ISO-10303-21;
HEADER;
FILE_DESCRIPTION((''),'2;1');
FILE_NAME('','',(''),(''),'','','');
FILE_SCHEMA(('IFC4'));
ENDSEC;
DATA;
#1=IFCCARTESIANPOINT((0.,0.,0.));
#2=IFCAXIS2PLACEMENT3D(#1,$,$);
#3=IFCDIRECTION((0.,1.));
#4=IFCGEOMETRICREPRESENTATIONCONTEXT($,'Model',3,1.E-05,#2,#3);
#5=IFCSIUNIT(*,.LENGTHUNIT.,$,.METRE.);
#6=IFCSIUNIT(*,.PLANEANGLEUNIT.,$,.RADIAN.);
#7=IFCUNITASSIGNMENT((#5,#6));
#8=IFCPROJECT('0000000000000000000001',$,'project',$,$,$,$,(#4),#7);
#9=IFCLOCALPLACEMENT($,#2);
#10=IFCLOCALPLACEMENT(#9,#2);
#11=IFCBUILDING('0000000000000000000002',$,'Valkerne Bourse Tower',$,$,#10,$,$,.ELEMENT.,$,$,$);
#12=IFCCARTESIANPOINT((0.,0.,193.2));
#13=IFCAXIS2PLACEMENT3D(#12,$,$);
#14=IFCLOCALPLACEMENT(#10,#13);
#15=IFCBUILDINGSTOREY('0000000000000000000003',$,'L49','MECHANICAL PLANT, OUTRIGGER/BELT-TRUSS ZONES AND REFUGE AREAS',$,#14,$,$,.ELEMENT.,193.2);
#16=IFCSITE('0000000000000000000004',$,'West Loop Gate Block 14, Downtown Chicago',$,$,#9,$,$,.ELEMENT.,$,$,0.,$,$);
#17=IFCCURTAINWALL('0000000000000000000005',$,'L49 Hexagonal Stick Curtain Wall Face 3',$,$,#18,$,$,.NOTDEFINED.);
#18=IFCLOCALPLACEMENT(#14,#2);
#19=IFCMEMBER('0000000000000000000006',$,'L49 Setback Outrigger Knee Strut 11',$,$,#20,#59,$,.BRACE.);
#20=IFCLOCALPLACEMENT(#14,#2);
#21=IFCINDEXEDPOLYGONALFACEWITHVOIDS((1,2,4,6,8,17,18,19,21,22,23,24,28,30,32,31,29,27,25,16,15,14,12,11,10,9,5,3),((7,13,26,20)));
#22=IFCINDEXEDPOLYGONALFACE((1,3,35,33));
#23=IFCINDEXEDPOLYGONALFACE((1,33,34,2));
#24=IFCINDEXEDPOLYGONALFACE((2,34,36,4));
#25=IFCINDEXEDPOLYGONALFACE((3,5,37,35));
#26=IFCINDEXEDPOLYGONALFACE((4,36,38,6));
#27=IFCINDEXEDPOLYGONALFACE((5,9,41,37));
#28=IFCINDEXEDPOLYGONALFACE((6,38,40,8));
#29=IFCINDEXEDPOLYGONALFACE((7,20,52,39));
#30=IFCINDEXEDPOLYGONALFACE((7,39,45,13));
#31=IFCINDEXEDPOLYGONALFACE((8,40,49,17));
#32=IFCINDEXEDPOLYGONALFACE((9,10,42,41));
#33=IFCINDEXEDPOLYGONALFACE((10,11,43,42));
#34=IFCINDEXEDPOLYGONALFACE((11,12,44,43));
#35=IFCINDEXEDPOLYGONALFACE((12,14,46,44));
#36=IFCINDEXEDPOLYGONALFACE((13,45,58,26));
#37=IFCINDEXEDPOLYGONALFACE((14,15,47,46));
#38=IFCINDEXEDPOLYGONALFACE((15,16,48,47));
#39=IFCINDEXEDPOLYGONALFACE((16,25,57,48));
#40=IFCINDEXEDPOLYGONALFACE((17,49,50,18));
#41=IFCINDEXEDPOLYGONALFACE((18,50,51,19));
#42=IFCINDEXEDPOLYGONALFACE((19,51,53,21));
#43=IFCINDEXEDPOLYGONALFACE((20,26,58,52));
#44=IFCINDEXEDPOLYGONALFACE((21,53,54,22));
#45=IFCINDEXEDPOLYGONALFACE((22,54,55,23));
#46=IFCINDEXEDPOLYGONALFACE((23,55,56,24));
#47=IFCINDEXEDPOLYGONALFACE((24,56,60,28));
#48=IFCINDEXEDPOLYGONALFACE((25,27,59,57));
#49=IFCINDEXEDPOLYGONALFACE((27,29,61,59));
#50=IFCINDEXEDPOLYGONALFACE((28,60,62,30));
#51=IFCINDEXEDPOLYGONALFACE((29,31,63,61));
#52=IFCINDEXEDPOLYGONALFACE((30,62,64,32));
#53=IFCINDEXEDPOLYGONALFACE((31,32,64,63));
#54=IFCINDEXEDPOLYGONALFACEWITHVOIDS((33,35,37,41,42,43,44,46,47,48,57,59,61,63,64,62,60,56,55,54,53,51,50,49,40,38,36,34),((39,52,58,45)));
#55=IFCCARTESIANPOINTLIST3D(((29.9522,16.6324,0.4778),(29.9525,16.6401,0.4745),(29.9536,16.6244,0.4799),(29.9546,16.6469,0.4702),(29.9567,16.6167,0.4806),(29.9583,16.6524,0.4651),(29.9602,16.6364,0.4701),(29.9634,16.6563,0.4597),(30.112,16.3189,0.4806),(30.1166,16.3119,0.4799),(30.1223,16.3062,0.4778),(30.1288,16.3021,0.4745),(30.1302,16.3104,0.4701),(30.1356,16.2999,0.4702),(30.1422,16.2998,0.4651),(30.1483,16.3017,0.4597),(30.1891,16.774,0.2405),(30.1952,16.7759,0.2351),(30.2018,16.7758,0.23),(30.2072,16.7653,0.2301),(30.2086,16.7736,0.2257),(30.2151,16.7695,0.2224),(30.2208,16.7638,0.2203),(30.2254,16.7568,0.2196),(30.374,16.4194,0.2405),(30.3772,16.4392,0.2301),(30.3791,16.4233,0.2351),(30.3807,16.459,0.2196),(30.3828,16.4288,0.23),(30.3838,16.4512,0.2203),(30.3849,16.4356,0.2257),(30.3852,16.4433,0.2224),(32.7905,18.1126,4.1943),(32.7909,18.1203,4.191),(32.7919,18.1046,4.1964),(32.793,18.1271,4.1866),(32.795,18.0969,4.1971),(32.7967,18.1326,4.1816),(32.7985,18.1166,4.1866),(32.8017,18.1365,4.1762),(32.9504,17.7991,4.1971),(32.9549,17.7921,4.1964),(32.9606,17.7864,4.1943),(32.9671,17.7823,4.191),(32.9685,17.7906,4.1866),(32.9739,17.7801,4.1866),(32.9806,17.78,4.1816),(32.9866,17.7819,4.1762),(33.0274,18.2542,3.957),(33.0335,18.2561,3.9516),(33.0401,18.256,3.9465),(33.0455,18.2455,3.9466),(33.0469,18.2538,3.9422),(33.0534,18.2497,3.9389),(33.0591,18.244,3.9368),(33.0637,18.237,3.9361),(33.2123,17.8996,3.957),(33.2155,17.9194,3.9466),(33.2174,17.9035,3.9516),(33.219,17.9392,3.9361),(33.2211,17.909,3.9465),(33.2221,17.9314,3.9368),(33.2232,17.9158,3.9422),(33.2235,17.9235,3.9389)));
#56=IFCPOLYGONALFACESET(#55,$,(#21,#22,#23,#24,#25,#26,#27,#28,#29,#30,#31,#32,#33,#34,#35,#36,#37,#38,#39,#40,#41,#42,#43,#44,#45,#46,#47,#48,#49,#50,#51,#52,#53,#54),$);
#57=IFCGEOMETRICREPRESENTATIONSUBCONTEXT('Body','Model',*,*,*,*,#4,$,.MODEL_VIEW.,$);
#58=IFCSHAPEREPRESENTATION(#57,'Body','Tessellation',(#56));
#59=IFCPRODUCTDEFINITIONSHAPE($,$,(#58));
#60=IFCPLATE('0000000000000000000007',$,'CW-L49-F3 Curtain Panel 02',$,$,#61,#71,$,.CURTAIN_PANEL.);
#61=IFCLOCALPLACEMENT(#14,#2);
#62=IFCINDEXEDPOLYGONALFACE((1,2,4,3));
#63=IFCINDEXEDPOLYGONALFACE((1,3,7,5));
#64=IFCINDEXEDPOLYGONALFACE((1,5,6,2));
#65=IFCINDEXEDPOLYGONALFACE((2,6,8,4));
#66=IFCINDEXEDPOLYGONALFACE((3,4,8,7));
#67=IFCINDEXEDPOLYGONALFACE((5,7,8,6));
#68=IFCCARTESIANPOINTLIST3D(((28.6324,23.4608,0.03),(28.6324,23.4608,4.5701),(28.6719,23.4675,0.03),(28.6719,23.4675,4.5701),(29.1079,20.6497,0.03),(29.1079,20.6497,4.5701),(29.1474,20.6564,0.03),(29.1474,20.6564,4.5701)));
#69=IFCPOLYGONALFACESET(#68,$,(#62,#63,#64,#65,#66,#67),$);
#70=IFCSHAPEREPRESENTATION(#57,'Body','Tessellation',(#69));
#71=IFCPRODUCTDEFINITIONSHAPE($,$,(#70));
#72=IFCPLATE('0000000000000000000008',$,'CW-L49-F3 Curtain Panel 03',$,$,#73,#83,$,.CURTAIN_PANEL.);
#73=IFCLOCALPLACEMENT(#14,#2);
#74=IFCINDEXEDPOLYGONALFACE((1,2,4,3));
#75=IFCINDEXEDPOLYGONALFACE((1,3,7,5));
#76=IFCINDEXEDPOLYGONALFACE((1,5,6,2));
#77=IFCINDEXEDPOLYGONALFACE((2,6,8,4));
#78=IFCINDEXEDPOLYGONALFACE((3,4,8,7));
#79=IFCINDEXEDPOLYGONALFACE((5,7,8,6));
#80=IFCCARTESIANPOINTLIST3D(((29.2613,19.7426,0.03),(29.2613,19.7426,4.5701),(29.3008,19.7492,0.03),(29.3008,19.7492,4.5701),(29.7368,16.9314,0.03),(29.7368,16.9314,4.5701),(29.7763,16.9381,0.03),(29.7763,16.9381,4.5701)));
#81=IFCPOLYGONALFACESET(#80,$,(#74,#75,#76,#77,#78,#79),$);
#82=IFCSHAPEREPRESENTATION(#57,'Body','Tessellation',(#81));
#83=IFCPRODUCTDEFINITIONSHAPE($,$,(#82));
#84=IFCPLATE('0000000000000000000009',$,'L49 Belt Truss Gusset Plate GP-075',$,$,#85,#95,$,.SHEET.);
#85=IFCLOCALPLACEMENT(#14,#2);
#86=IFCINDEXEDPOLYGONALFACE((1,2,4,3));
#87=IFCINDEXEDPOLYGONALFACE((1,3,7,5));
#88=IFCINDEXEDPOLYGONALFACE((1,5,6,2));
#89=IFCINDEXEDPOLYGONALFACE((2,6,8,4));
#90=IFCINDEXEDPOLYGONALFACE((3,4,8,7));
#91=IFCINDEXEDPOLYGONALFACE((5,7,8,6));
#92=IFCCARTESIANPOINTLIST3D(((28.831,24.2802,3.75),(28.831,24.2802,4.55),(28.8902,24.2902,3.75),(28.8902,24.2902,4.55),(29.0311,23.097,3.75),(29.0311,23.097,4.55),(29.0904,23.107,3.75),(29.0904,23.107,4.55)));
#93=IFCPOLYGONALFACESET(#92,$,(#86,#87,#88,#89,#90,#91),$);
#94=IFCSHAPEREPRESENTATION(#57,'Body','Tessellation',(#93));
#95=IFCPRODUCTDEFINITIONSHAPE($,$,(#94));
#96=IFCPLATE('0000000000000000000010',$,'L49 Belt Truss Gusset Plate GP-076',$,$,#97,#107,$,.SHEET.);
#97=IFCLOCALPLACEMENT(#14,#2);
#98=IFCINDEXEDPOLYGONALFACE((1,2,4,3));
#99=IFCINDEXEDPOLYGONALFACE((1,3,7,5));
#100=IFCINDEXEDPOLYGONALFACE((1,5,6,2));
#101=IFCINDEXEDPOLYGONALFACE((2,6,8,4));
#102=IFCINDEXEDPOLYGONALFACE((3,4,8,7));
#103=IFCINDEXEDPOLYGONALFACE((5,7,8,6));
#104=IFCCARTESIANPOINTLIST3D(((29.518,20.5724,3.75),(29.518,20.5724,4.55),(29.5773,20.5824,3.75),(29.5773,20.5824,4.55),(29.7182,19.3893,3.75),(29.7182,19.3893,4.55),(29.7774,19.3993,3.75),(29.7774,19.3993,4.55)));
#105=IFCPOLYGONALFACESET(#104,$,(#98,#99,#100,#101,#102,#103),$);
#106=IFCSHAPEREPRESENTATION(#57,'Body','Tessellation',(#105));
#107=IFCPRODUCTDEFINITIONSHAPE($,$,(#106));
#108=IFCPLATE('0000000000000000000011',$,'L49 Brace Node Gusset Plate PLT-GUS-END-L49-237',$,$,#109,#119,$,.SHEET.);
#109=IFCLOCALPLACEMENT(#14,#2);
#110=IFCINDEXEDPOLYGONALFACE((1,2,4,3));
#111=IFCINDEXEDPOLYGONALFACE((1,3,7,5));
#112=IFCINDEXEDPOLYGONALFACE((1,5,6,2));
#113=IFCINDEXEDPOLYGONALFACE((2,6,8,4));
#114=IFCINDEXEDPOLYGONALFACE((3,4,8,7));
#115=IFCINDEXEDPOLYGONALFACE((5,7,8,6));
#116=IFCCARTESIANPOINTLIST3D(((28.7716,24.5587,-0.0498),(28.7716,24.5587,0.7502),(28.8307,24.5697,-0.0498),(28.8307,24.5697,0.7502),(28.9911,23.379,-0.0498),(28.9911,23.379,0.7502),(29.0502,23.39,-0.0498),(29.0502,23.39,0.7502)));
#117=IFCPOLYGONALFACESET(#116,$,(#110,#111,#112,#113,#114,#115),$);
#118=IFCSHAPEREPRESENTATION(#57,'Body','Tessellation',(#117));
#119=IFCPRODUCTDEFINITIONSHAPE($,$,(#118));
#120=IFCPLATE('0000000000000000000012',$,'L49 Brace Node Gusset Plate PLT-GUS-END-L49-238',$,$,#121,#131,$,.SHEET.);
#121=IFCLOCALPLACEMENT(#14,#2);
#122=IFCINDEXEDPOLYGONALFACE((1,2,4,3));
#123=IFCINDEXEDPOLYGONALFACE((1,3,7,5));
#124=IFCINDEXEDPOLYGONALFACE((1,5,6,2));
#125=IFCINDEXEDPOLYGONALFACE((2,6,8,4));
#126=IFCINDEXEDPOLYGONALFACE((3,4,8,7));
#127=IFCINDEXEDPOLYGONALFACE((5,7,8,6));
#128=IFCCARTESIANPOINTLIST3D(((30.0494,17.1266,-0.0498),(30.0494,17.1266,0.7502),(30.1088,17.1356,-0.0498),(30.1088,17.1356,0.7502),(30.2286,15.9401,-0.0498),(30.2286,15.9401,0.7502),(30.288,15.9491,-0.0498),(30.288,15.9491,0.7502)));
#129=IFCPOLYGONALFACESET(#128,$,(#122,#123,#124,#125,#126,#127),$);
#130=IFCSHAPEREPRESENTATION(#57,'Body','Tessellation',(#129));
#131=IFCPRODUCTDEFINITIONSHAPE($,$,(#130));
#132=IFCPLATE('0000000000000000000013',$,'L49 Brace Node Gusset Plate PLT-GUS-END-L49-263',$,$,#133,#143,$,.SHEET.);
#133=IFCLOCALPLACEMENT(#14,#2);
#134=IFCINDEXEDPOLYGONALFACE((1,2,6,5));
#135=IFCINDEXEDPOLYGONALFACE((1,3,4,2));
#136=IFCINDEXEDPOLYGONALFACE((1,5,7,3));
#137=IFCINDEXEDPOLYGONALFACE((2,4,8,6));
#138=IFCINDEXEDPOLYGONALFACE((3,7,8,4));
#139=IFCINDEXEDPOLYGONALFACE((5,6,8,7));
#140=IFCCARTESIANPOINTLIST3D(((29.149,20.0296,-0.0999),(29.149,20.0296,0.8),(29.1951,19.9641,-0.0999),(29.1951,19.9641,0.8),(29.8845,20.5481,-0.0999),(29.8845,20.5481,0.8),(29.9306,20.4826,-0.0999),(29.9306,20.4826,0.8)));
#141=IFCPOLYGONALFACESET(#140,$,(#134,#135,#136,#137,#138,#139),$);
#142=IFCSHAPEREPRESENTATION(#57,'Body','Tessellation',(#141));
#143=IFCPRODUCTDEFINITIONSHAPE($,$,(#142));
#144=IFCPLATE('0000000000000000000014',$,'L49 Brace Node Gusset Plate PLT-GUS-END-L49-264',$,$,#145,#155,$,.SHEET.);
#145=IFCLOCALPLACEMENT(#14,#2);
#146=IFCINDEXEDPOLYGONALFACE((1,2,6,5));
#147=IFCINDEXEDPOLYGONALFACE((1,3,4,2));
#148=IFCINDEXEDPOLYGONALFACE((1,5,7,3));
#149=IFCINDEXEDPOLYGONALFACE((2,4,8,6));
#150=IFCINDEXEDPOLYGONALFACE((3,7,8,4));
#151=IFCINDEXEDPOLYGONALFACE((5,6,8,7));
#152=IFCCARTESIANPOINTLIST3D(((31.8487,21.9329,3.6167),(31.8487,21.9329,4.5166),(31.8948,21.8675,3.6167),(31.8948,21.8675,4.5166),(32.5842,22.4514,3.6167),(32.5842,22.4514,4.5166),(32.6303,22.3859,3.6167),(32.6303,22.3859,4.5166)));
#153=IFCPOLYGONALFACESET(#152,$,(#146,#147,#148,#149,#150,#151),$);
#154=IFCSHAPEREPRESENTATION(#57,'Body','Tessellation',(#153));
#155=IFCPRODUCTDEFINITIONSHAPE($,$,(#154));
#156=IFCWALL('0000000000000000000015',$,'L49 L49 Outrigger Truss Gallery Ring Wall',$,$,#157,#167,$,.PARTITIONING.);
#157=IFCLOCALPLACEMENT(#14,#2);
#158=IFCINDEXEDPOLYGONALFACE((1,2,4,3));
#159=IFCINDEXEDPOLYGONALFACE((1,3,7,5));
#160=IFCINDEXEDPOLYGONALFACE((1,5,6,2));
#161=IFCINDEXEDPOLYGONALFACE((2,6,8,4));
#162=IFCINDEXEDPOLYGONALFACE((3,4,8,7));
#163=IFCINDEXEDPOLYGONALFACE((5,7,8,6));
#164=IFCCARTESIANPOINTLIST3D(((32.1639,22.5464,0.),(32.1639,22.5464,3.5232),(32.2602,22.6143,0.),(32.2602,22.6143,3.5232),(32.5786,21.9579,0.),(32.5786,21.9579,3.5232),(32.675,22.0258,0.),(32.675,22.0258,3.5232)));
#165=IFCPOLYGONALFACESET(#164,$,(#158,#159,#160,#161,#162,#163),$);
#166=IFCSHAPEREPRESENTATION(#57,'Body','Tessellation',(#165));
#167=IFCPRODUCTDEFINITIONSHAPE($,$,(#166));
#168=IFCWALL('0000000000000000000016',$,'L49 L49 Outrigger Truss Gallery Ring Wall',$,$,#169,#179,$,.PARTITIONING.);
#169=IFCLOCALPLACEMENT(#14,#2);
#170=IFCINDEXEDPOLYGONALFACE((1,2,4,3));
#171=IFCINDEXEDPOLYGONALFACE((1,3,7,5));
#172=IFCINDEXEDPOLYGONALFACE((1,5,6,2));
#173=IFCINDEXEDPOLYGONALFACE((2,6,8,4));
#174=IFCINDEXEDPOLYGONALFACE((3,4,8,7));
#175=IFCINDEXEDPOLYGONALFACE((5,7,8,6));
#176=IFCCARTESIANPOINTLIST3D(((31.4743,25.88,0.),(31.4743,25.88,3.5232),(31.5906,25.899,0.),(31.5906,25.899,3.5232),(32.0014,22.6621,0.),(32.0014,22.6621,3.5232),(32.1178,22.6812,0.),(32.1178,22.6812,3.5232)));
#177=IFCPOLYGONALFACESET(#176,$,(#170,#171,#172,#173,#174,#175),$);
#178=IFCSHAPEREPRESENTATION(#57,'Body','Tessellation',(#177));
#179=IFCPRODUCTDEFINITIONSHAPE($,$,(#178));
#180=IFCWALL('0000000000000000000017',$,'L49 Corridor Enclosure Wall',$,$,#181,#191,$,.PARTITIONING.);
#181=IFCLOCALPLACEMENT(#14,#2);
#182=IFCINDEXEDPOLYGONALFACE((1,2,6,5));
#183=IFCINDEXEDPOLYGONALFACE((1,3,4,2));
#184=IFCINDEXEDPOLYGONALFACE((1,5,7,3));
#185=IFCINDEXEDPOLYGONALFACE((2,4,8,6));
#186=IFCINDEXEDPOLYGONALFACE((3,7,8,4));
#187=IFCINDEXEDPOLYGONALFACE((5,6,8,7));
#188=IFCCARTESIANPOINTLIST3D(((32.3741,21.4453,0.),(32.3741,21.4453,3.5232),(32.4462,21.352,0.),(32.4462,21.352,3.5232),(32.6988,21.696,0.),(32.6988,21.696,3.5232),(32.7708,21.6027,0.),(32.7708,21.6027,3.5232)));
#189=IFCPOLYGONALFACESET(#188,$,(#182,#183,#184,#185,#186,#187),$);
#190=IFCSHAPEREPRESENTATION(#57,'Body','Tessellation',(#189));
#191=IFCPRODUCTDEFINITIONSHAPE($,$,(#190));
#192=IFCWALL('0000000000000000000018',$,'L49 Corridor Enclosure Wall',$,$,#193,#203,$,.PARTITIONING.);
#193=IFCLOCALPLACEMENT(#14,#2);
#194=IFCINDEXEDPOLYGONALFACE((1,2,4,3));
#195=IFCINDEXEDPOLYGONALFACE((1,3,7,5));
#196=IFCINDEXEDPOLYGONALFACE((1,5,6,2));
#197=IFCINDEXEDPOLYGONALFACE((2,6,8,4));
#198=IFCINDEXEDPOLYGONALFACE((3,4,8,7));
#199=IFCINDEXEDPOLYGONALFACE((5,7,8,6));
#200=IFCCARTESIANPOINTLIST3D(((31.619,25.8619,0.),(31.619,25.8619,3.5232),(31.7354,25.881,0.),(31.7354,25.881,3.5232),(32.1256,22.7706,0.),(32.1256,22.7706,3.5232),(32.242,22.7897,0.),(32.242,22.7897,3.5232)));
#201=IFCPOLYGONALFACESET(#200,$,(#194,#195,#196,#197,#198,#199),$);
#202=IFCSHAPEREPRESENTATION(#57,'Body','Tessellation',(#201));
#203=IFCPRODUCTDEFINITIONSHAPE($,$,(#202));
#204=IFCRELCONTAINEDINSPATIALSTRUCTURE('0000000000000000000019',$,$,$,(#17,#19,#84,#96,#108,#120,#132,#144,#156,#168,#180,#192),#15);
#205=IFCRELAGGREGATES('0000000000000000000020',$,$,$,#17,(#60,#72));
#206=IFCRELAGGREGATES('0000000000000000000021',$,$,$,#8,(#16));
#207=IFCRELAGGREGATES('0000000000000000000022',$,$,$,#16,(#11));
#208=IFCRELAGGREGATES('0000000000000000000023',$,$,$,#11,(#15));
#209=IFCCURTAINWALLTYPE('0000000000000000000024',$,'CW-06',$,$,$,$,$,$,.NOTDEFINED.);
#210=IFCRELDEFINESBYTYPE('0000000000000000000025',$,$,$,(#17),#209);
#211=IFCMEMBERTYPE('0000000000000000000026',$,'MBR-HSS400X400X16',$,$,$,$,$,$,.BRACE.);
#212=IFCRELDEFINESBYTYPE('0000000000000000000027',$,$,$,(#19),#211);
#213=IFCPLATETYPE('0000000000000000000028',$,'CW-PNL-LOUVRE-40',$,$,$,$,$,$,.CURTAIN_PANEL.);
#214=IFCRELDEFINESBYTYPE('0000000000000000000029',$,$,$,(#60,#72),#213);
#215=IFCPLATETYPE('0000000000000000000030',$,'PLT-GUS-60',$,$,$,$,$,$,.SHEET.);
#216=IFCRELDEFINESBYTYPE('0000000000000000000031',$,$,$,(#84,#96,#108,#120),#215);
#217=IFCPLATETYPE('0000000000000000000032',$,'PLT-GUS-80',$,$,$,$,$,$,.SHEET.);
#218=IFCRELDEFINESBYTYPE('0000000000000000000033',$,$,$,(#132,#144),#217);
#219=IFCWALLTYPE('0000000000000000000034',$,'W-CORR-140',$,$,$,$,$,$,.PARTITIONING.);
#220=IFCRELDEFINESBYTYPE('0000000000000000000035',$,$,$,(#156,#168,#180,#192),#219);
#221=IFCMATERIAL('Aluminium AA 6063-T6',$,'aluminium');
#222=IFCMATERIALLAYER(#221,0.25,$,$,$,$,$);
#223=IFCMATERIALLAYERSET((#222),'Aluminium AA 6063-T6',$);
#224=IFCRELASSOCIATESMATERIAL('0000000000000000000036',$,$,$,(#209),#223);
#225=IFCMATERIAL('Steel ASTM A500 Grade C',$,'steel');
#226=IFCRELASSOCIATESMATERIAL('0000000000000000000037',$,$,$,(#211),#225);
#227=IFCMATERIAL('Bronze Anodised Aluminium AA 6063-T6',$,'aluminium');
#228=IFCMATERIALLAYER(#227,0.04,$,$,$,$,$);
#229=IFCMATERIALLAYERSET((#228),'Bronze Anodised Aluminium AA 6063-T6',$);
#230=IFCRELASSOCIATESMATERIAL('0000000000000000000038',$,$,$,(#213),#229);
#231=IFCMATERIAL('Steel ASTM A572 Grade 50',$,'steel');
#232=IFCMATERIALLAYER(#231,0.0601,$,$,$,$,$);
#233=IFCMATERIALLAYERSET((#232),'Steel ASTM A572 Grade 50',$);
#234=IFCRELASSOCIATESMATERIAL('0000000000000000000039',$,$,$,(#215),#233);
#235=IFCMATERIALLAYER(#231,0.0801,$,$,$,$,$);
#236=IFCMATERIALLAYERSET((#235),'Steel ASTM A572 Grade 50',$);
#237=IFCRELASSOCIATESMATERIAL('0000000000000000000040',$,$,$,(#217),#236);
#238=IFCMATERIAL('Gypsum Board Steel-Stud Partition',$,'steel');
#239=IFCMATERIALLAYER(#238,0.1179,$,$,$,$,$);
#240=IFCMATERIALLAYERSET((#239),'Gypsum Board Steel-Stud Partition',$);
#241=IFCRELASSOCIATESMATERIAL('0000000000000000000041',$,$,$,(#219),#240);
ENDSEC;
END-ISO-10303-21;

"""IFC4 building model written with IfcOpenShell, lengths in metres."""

from ifc_helpers import new_model, si_unit, direction, frame, frame_2d, origin, origin_2d, place, context, subcontext, project, spatial, rectangle, hollow_rectangle, extrude, material, layer, layer_set, material_profile, profile_set, type_object, element, aggregate, save


model = new_model("IFC4")

# Units and contexts
model_context = context("Model", 3, precision=1e-05, world=origin(), true_north=direction((0.0, 1.0)))
body_context = subcontext(model_context, "Body", "Model", "MODEL_VIEW")
ifc_project = project(units=[si_unit("LENGTHUNIT", "METRE"), si_unit("PLANEANGLEUNIT", "RADIAN")], contexts=[model_context])

# Site, building, storey
site_placement = place(None, origin())
site = spatial("IfcSite", under=ifc_project, at=site_placement, Name="West Loop Gate Block 14, Downtown Chicago", CompositionType="ELEMENT", RefElevation=0.0)
building_placement = place(site_placement, origin())
building = spatial("IfcBuilding", under=site, at=building_placement, Name="Valkerne Bourse Tower", CompositionType="ELEMENT")
storey_placement = place(building_placement, frame((0.0, 0.0, 193.2)))
storey = spatial("IfcBuildingStorey", under=building, at=storey_placement, Name="L49", Description="MECHANICAL PLANT, OUTRIGGER/BELT-TRUSS ZONES AND REFUGE AREAS", CompositionType="ELEMENT", Elevation=193.2)

# Curtain wall
ifc_material_1 = material(Name="Aluminium AA 6063-T6", Category="aluminium")
ifc_layer_1 = layer(ifc_material_1, 0.25)
ifc_layer_set_1 = layer_set([ifc_layer_1], Name="Aluminium AA 6063-T6")
curtain_wall_type = type_object("IfcCurtainWallType", Name="CW-06", PredefinedType="NOTDEFINED", material=ifc_layer_set_1)
curtain_wall_placement = place(storey_placement, origin())
curtain_wall = element("IfcCurtainWall", 1, at=curtain_wall_placement, inside=storey, type_object=curtain_wall_type, Name="L49 Hexagonal Stick Curtain Wall Face 3", PredefinedType="NOTDEFINED")

# Member
ifc_material_2 = material(Name="Steel ASTM A500 Grade C", Category="steel")
ifc_material_profile_1 = material_profile(ifc_material_2, hollow_rectangle(XDim=0.3999, YDim=0.3999, WallThickness=0.0161, OuterFilletRadius=0.032, at=origin_2d()), Name="HSS400X400X16")
ifc_profile_set_1 = profile_set([ifc_material_profile_1], Name="Steel ASTM A500 Grade C")
member_type_1 = type_object("IfcMemberType", Name="MBR-HSS400X400X16", PredefinedType="BRACE", material=ifc_profile_set_1)
member_1_placement = place(storey_placement, frame((30.1687, 16.5378, 0.3501), z_axis=(0.578656, 0.301771, 0.757688), x_axis=(-0.462402, 0.886671, 0.0)))
element("IfcMember", 2, at=member_1_placement, inside=storey, type_object=member_type_1, Name="L49 Setback Outrigger Knee Strut 11", PredefinedType="BRACE", context=body_context, shape_type="SweptSolid", body=[
    extrude(hollow_rectangle(XDim=0.3999, YDim=0.3999, WallThickness=0.0161, OuterFilletRadius=0.032, at=origin_2d()), origin(), (0.0, 0.0, 1.0), 4.905),
])

# Plates
ifc_material_3 = material(Name="Bronze Anodised Aluminium AA 6063-T6", Category="aluminium")
ifc_layer_2 = layer(ifc_material_3, 0.04)
ifc_layer_set_2 = layer_set([ifc_layer_2], Name="Bronze Anodised Aluminium AA 6063-T6")
plate_type_1 = type_object("IfcPlateType", Name="CW-PNL-LOUVRE-40", PredefinedType="CURTAIN_PANEL", material=ifc_layer_set_2)
plate_1_placement = place(storey_placement, frame((28.8899, 22.0586, 0.03), z_axis=(0.0, 0.0, 1.0), x_axis=(0.166772, -0.985995, 0.0)))
plate_1 = element("IfcPlate", 3, at=plate_1_placement, type_object=plate_type_1, Name="CW-L49-F3 Curtain Panel 02", PredefinedType="CURTAIN_PANEL", context=body_context, shape_type="SweptSolid", body=[
    extrude(rectangle(XDim=2.8511, YDim=0.04, at=origin_2d()), origin(), (0.0, 0.0, 1.0), 4.54),
])
plate_2_placement = place(storey_placement, frame((29.5188, 18.3403, 0.03), z_axis=(0.0, 0.0, 1.0), x_axis=(0.166772, -0.985995, 0.0)))
plate_2 = element("IfcPlate", 4, at=plate_2_placement, type_object=plate_type_1, Name="CW-L49-F3 Curtain Panel 03", PredefinedType="CURTAIN_PANEL", context=body_context, shape_type="SweptSolid", body=[
    extrude(rectangle(XDim=2.8511, YDim=0.04, at=origin_2d()), origin(), (0.0, 0.0, 1.0), 4.54),
])
aggregate(curtain_wall, [plate_1, plate_2])

# Plates
ifc_material_4 = material(Name="Steel ASTM A572 Grade 50", Category="steel")
ifc_layer_3 = layer(ifc_material_4, 0.0601)
ifc_layer_set_3 = layer_set([ifc_layer_3], Name="Steel ASTM A572 Grade 50")
plate_type_2 = type_object("IfcPlateType", Name="PLT-GUS-60", PredefinedType="SHEET", material=ifc_layer_set_3)
for number, where, z_axis, x_axis, name in (
    (5, (28.9607, 23.6936, 3.75), (0.0, 0.0, 1.0), (0.166769, -0.985996, 0.0), "L49 Belt Truss Gusset Plate GP-075"),
    (6, (29.6477, 19.9858, 3.75), (0.0, 0.0, 1.0), (0.166769, -0.985996, 0.0), "L49 Belt Truss Gusset Plate GP-076"),
    (7, (28.9109, 23.9744, -0.0498), (0.0, 0.0, 1.0), (-0.182922, 0.983127, 0.0), "L49 Brace Node Gusset Plate PLT-GUS-END-L49-237"),
    (8, (30.1687, 16.5378, -0.0498), (0.0, 0.0, 1.0), (-0.149363, 0.988782, 0.0), "L49 Brace Node Gusset Plate PLT-GUS-END-L49-238"),
):
    element("IfcPlate", number, at=place(storey_placement, frame(where, z_axis=z_axis, x_axis=x_axis)), inside=storey, type_object=plate_type_2, Name=name, PredefinedType="SHEET", context=body_context, shape_type="SweptSolid", body=[
        extrude(rectangle(XDim=1.2, YDim=0.0601, at=origin_2d()), origin(), (0.0, 0.0, 1.0), 0.8),
    ])
ifc_layer_4 = layer(ifc_material_4, 0.0801)
ifc_layer_set_4 = layer_set([ifc_layer_4], Name="Steel ASTM A572 Grade 50")
plate_type_3 = type_object("IfcPlateType", Name="PLT-GUS-80", PredefinedType="SHEET", material=ifc_layer_set_4)
for number, where, z_axis, x_axis, name in (
    (9, (29.5398, 20.2561, -0.0999), (0.0, 0.0, 1.0), (0.817346, 0.576147, 0.0), "L49 Brace Node Gusset Plate PLT-GUS-END-L49-263"),
    (10, (32.2395, 22.1594, 3.6167), (0.0, 0.0, 1.0), (0.817346, 0.576147, 0.0), "L49 Brace Node Gusset Plate PLT-GUS-END-L49-264"),
):
    element("IfcPlate", number, at=place(storey_placement, frame(where, z_axis=z_axis, x_axis=x_axis)), inside=storey, type_object=plate_type_3, Name=name, PredefinedType="SHEET", context=body_context, shape_type="SweptSolid", body=[
        extrude(rectangle(XDim=0.8999, YDim=0.0801, at=origin_2d()), origin(), (0.0, 0.0, 1.0), 0.8999),
    ])

# Walls
ifc_material_5 = material(Name="Gypsum Board Steel-Stud Partition", Category="steel")
ifc_layer_5 = layer(ifc_material_5, 0.1179)
ifc_layer_set_5 = layer_set([ifc_layer_5], Name="Gypsum Board Steel-Stud Partition")
wall_type = type_object("IfcWallType", Name="W-CORR-140", PredefinedType="PARTITIONING", material=ifc_layer_set_5)
wall_1_placement = place(storey_placement, frame((32.6267, 21.9919, 0.0), z_axis=(0.0, 0.0, 1.0), x_axis=(-0.576031, 0.817428, 0.0)))
element("IfcWall", 11, at=wall_1_placement, inside=storey, type_object=wall_type, Name="L49 L49 Outrigger Truss Gallery Ring Wall", PredefinedType="PARTITIONING", context=body_context, shape_type="SweptSolid", body=[
    extrude(rectangle(XDim=0.72, YDim=0.1179, at=frame_2d((0.3599, 0.0))), origin(), (0.0, 0.0, 1.0), 3.5232),
])
wall_2_placement = place(storey_placement, frame((32.0596, 22.6716, 0.0), z_axis=(0.0, 0.0, 1.0), x_axis=(-0.161654, 0.986847, 0.0)))
element("IfcWall", 12, at=wall_2_placement, inside=storey, type_object=wall_type, Name="L49 L49 Outrigger Truss Gallery Ring Wall", PredefinedType="PARTITIONING", context=body_context, shape_type="SweptSolid", body=[
    extrude(rectangle(XDim=3.2607, YDim=0.1179, at=frame_2d((1.6304, 0.0))), origin(), (0.0, 0.0, 1.0), 3.5232),
])
wall_3_placement = place(storey_placement, frame((32.4102, 21.3987, 0.0), z_axis=(0.0, 0.0, 1.0), x_axis=(0.791494, 0.611176, 0.0)))
element("IfcWall", 13, at=wall_3_placement, inside=storey, type_object=wall_type, Name="L49 Corridor Enclosure Wall", PredefinedType="PARTITIONING", context=body_context, shape_type="SweptSolid", body=[
    extrude(rectangle(XDim=0.4102, YDim=0.1179, at=frame_2d((0.2051, 0.0))), origin(), (0.0, 0.0, 1.0), 3.5232),
])
wall_4_placement = place(storey_placement, frame((32.1838, 22.78, 0.0), z_axis=(0.0, 0.0, 1.0), x_axis=(-0.161719, 0.986837, 0.0)))
element("IfcWall", 14, at=wall_4_placement, inside=storey, type_object=wall_type, Name="L49 Corridor Enclosure Wall", PredefinedType="PARTITIONING", context=body_context, shape_type="SweptSolid", body=[
    extrude(rectangle(XDim=3.1326, YDim=0.1179, at=frame_2d((1.5664, 0.0))), origin(), (0.0, 0.0, 1.0), 3.5232),
])

save(model, "model.ifc")
